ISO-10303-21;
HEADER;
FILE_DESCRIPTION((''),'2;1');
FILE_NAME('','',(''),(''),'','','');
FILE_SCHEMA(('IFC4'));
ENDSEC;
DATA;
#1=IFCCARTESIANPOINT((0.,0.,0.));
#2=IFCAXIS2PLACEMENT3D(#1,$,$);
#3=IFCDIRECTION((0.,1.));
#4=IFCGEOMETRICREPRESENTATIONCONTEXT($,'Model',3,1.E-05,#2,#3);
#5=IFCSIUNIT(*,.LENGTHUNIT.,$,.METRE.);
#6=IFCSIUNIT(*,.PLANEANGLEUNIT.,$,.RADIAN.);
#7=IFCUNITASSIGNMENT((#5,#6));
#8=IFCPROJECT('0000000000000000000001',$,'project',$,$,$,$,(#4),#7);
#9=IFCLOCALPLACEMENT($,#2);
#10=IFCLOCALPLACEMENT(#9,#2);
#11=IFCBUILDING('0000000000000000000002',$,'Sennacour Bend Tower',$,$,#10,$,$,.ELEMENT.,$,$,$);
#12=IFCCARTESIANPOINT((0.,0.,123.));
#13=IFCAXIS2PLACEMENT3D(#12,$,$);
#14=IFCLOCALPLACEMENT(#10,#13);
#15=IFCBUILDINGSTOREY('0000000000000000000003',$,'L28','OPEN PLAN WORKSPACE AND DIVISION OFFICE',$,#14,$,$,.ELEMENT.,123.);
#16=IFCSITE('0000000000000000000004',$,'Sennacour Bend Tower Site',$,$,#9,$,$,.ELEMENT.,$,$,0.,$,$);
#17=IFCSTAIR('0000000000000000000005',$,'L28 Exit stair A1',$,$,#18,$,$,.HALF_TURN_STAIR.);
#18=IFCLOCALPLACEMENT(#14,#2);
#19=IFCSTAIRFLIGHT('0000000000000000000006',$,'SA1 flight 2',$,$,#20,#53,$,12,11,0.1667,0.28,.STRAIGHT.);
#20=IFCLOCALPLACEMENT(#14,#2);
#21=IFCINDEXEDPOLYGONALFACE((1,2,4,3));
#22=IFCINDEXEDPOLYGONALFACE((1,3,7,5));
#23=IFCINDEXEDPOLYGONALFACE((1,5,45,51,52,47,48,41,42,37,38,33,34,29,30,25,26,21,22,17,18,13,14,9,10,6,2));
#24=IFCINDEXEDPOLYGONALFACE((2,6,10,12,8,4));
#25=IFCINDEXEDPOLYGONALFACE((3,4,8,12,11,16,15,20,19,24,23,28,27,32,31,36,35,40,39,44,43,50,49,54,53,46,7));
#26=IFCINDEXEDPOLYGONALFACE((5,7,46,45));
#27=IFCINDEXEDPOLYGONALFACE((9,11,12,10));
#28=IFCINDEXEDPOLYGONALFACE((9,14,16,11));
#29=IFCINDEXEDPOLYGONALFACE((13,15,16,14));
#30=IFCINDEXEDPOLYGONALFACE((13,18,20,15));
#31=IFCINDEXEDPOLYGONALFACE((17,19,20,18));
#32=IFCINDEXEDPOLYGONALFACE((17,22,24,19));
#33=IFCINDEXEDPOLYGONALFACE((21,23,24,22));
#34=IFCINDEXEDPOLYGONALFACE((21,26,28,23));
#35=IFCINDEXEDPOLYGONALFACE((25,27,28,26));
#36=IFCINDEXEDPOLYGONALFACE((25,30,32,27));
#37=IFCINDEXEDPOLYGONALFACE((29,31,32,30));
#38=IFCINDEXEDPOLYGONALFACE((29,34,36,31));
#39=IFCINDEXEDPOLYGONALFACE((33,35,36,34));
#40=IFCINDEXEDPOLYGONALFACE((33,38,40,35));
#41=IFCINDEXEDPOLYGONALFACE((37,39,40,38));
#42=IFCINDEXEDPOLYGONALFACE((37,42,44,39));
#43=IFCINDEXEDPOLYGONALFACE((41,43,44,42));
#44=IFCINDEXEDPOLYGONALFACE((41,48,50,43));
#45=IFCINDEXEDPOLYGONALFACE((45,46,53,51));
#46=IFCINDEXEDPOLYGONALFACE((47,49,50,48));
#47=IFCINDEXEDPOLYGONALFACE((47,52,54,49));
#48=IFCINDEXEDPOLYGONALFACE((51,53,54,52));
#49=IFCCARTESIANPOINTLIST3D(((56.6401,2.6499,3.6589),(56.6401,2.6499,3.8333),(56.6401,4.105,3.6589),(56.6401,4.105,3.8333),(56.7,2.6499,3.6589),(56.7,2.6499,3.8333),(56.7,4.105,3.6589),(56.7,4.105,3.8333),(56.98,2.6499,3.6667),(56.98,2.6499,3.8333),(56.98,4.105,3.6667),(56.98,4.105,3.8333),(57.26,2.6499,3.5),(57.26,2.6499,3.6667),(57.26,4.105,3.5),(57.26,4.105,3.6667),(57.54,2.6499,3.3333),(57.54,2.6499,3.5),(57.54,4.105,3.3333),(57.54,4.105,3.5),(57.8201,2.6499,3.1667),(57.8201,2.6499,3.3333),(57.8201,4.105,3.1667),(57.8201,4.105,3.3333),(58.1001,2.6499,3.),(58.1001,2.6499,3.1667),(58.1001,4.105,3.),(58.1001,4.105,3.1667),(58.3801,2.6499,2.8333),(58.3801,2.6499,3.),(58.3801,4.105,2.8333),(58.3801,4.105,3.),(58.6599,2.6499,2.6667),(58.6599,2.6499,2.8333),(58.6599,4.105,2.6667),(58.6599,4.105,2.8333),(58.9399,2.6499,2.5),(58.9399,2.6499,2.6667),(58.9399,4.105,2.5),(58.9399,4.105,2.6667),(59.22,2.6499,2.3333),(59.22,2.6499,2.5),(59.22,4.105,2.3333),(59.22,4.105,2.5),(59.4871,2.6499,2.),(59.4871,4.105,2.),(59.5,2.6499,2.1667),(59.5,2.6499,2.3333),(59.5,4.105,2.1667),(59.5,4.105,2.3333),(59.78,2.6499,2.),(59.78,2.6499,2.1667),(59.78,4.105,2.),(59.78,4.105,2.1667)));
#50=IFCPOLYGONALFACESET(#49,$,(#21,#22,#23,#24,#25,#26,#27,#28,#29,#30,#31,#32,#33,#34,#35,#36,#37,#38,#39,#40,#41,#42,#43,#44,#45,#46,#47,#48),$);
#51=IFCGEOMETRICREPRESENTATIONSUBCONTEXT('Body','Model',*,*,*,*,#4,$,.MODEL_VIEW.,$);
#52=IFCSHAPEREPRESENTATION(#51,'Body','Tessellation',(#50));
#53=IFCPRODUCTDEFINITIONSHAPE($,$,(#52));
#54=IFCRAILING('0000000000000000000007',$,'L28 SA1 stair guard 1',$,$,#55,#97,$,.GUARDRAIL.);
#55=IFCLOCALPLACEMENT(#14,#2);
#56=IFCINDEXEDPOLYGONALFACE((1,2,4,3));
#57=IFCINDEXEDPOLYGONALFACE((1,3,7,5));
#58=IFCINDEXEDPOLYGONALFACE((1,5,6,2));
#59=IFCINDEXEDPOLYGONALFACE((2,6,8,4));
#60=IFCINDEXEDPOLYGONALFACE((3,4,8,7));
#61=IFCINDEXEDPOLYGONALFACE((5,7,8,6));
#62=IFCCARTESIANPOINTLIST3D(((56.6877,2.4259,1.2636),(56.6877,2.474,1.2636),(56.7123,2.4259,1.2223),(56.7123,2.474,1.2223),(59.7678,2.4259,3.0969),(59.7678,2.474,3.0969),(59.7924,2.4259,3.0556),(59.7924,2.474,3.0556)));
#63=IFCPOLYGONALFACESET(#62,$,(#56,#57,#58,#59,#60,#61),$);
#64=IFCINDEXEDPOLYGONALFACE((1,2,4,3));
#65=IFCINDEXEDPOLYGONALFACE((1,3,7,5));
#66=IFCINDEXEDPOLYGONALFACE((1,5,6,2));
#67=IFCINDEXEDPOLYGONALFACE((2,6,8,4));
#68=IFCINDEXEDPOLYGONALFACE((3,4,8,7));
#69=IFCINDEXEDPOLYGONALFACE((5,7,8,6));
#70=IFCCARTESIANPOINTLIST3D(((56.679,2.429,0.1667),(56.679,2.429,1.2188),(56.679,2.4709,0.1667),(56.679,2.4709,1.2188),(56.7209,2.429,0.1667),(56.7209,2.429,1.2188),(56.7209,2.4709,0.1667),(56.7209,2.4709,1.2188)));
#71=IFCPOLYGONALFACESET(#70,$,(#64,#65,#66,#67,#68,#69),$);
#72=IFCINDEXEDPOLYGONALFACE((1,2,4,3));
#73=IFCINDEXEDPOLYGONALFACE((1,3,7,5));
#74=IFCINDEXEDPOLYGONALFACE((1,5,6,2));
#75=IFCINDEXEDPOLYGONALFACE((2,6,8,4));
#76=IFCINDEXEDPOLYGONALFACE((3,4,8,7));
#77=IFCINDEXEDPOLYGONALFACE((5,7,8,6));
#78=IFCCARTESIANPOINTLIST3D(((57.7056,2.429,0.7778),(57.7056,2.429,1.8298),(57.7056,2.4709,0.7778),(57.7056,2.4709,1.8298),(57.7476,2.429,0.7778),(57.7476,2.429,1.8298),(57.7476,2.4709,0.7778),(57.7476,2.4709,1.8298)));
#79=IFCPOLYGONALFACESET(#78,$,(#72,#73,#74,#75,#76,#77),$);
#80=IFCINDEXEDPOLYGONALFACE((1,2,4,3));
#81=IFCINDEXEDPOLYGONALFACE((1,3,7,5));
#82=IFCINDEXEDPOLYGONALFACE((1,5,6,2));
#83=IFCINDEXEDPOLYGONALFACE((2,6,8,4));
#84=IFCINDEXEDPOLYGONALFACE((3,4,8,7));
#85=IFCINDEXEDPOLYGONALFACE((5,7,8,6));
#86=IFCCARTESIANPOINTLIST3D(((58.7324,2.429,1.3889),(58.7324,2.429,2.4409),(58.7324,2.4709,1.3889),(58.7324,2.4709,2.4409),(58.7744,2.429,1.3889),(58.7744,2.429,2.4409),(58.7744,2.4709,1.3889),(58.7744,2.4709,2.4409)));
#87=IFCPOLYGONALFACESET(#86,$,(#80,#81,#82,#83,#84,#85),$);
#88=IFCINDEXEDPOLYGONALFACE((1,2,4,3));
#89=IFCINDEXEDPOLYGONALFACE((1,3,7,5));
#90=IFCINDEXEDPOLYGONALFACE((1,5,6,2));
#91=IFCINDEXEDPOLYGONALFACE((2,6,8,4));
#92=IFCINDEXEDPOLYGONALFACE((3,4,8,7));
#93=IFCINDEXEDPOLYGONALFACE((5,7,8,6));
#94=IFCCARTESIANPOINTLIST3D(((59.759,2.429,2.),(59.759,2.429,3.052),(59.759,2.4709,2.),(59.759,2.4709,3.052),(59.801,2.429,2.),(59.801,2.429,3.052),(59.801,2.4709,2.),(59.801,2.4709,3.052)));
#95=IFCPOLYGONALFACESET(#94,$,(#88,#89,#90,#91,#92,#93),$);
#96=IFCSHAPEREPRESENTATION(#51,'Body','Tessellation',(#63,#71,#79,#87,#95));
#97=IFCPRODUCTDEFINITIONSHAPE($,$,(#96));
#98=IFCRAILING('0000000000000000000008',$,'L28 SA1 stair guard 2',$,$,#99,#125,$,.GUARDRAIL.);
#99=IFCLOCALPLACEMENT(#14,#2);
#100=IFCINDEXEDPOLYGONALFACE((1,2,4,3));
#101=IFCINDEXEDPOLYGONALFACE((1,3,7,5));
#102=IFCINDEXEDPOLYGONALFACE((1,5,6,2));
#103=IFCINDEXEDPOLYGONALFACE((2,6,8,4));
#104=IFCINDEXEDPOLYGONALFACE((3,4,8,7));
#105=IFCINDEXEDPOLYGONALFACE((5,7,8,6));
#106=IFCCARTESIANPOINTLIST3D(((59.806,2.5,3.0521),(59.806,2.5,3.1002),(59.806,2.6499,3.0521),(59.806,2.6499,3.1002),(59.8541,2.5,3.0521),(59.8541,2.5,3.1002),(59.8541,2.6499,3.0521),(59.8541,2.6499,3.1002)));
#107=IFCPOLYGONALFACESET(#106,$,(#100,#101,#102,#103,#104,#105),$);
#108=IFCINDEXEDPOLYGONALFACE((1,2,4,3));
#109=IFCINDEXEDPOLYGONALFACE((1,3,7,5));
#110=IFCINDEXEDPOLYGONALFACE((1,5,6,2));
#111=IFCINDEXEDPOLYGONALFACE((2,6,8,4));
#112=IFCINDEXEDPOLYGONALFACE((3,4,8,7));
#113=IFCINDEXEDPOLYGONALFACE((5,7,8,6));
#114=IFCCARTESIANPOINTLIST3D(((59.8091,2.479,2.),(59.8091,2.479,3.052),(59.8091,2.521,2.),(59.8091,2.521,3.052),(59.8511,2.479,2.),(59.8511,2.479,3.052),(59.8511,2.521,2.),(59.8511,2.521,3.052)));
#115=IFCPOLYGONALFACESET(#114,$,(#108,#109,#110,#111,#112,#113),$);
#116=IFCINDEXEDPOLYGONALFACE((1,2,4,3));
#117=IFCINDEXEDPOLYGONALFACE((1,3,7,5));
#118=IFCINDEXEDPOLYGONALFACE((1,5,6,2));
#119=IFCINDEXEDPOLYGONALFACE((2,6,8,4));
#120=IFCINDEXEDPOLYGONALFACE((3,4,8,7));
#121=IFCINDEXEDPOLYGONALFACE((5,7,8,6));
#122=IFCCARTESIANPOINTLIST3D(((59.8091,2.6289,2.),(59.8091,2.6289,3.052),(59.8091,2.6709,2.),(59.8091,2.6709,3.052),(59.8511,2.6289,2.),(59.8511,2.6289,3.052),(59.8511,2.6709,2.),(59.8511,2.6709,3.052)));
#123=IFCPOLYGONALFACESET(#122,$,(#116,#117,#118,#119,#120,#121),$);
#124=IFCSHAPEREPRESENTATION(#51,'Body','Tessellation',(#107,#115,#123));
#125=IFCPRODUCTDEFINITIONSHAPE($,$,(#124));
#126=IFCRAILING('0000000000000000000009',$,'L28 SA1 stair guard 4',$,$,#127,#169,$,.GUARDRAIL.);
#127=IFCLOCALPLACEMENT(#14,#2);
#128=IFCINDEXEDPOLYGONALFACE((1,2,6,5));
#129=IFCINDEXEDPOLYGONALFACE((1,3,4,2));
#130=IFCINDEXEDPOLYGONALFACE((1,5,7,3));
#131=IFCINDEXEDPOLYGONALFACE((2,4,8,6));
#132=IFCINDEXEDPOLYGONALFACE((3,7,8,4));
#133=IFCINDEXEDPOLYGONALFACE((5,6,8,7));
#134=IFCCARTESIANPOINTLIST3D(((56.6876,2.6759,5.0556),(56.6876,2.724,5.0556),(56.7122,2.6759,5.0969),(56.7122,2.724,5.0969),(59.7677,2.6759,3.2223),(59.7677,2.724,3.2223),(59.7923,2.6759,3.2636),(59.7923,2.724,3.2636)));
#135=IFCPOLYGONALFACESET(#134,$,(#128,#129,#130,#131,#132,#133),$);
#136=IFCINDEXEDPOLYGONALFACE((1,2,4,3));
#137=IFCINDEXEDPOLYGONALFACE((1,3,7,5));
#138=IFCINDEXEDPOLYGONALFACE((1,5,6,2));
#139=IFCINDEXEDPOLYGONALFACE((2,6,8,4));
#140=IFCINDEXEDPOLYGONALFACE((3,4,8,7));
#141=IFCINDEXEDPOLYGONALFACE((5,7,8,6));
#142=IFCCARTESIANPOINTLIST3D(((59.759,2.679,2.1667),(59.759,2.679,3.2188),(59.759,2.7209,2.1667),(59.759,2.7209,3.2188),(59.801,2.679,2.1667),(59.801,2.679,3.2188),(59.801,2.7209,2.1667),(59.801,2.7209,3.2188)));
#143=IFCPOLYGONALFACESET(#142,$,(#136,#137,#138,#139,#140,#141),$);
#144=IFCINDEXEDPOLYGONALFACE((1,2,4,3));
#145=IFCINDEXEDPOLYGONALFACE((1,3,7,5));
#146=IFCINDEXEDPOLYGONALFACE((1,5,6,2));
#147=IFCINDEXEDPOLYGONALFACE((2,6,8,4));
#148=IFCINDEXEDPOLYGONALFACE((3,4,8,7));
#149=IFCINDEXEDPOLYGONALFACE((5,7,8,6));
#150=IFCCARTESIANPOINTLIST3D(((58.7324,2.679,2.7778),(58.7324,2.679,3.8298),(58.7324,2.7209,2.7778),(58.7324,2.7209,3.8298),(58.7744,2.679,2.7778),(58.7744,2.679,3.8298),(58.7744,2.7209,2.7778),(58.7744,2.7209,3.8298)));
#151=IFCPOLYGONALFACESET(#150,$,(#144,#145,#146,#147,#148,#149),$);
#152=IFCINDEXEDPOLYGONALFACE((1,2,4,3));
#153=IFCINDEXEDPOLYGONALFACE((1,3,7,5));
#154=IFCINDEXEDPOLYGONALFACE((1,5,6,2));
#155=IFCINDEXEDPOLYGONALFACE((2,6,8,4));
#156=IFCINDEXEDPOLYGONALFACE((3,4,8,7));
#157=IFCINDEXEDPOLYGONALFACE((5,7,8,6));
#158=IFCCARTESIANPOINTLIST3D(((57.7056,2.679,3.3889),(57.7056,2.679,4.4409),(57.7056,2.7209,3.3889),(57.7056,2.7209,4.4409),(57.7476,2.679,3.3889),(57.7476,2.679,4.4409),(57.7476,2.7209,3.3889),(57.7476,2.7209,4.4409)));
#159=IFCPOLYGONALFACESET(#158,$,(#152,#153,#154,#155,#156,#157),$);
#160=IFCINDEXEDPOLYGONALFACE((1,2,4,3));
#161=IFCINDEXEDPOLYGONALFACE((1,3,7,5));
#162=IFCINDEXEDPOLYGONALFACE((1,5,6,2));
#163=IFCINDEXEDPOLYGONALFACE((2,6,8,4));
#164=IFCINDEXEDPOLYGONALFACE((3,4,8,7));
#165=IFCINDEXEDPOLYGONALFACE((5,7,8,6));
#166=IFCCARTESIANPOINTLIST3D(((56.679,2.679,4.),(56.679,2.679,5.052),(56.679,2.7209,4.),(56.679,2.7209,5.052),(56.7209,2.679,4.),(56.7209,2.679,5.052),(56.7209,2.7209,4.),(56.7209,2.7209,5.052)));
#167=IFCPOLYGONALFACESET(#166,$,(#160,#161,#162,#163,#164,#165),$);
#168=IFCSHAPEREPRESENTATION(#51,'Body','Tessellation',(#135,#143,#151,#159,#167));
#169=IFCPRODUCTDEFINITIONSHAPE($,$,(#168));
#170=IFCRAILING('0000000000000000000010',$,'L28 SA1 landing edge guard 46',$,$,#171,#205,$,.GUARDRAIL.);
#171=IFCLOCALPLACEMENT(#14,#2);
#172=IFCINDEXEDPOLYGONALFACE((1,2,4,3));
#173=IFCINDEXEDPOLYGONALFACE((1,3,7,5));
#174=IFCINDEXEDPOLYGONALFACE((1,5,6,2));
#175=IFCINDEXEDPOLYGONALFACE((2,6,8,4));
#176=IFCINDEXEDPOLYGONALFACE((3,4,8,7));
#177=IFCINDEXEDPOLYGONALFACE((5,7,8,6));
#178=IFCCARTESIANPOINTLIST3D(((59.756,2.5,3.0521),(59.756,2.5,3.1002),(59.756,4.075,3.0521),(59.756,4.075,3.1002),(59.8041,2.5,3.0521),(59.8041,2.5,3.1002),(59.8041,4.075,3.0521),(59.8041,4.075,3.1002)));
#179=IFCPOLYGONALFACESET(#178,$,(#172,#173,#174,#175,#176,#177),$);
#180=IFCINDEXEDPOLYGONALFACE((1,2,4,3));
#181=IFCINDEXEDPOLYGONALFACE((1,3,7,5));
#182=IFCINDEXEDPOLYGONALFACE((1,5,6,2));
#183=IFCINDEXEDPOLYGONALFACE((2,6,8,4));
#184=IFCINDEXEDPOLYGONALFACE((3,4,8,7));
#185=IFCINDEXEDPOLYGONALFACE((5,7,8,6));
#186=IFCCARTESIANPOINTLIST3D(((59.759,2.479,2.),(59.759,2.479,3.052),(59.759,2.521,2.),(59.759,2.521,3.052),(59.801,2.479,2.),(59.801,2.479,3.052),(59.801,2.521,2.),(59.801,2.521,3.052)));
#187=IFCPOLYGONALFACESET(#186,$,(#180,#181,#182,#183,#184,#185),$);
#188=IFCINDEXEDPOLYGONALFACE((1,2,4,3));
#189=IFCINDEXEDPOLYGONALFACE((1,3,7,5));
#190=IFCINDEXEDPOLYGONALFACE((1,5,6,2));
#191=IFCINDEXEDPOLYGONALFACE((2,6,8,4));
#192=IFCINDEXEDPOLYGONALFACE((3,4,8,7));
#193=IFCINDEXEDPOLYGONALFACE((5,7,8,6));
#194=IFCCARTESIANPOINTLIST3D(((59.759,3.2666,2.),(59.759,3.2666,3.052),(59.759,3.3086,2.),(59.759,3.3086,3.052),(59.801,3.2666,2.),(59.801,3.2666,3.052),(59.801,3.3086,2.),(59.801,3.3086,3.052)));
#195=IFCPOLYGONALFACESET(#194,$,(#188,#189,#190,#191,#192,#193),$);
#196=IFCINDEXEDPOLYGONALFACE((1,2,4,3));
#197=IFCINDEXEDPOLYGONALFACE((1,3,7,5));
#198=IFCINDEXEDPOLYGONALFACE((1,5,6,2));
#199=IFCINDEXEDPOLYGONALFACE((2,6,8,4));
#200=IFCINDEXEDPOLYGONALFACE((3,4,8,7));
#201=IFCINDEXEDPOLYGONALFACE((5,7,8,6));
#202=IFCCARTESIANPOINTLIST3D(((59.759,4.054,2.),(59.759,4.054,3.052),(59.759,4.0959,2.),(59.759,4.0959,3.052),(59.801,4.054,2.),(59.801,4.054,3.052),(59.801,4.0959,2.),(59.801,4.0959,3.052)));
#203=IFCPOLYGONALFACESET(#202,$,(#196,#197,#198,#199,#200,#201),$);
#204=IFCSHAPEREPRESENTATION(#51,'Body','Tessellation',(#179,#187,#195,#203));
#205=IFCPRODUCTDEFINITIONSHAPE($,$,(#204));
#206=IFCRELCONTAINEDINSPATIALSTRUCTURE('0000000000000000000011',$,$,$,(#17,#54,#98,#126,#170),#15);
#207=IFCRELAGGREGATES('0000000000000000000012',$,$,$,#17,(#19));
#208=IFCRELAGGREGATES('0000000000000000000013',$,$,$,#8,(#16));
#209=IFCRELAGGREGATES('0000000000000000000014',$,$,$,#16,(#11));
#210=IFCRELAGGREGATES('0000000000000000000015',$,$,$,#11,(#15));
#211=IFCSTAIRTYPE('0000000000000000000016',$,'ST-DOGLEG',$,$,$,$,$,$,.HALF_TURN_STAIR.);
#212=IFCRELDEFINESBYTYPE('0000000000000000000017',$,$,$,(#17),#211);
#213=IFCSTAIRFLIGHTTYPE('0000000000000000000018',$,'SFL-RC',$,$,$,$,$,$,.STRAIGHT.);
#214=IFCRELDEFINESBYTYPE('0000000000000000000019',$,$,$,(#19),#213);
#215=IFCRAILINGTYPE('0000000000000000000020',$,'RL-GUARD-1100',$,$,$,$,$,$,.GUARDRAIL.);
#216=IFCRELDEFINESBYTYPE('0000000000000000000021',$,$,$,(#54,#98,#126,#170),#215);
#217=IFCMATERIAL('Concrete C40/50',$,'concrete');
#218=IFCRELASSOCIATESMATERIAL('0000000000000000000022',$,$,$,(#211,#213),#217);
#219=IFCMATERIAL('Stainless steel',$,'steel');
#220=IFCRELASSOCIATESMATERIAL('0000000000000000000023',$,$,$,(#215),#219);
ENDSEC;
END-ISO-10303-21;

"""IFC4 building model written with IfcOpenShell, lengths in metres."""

from ifc_helpers import new_model, si_unit, direction, frame, origin, origin_2d, place, context, subcontext, project, spatial, polyline, rectangle, outline, extrude, material, type_object, element, aggregate, save


model = new_model("IFC4")

# Units and contexts
model_context = context("Model", 3, precision=1e-05, world=origin(), true_north=direction((0.0, 1.0)))
body_context = subcontext(model_context, "Body", "Model", "MODEL_VIEW")
ifc_project = project(units=[si_unit("LENGTHUNIT", "METRE"), si_unit("PLANEANGLEUNIT", "RADIAN")], contexts=[model_context])

# Site, building, storey
site_placement = place(None, origin())
site = spatial("IfcSite", under=ifc_project, at=site_placement, Name="Sennacour Bend Tower Site", CompositionType="ELEMENT", RefElevation=0.0)
building_placement = place(site_placement, origin())
building = spatial("IfcBuilding", under=site, at=building_placement, Name="Sennacour Bend Tower", CompositionType="ELEMENT")
storey_placement = place(building_placement, frame((0.0, 0.0, 123.0)))
storey = spatial("IfcBuildingStorey", under=building, at=storey_placement, Name="L28", Description="OPEN PLAN WORKSPACE AND DIVISION OFFICE", CompositionType="ELEMENT", Elevation=123.0)

# Shared definitions
ifc_material_1 = material(Name="Stainless steel", Category="steel")

# Stair, stair flight
ifc_material_2 = material(Name="Concrete C40/50", Category="concrete")
stair_type = type_object("IfcStairType", Name="ST-DOGLEG", PredefinedType="HALF_TURN_STAIR", material=ifc_material_2)
stair_placement = place(storey_placement, origin())
stair = element("IfcStair", 1, at=stair_placement, inside=storey, type_object=stair_type, Name="L28 Exit stair A1", PredefinedType="HALF_TURN_STAIR")
stair_flight_type = type_object("IfcStairFlightType", Name="SFL-RC", PredefinedType="STRAIGHT", material=ifc_material_2)
stair_flight_placement = place(storey_placement, frame((59.78, 3.3774, 2.0), z_axis=(0.0, 0.0, 1.0), x_axis=(-1.0, 0.0, 0.0)))
stair_flight = element("IfcStairFlight", 2, at=stair_flight_placement, type_object=stair_flight_type, Name="SA1 flight 2", NumberOfRisers=12, NumberOfTreads=11, PredefinedType="STRAIGHT", RiserHeight=0.1667, TreadLength=0.28, context=body_context, shape_type="SweptSolid", body=[
    extrude(outline(polyline([(0.0, 0.0), (0.0, 0.1667), (0.28, 0.1667), (0.28, 0.3333), (0.5601, 0.3333), (0.5601, 0.5), (0.8401, 0.5), (0.8401, 0.6667), (1.1201, 0.6667), (1.1201, 0.8333), (1.3999, 0.8333), (1.3999, 1.0), (1.6799, 1.0), (1.6799, 1.1667), (1.96, 1.1667), (1.96, 1.3333), (2.24, 1.3333), (2.24, 1.5), (2.52, 1.5), (2.52, 1.6667), (2.8, 1.6667), (2.8, 1.8333), (3.0801, 1.8333), (3.1399, 1.8333), (3.1399, 1.6589), (3.0801, 1.6589), (0.293, 0.0), (0.0, 0.0)])), frame((0.0, 0.7275, 0.0), z_axis=(0.0, -1.0, 0.0), x_axis=(1.0, 0.0, 0.0)), (0.0, 0.0, 1.0), 1.4551),
])
aggregate(stair, [stair_flight])

# Railings
railing_type_1 = type_object("IfcRailingType", Name="RL-GUARD-1100", PredefinedType="GUARDRAIL", material=ifc_material_1)
railing_1_placement = place(storey_placement, frame((56.7, 2.45, 0.1667)))
element("IfcRailing", 3, at=railing_1_placement, inside=storey, type_object=railing_type_1, Name="L28 SA1 stair guard 1", PredefinedType="GUARDRAIL", context=body_context, shape_type="SweptSolid", body=[
    extrude(rectangle(XDim=0.0481, YDim=0.0481, at=origin_2d()), frame((0.0, 0.0, 1.0762), z_axis=(0.859309, 0.0, 0.511458), x_axis=(0.0, 1.0, 0.0)), (0.0, 0.0, 1.0), 3.5845),
    extrude(rectangle(XDim=0.042, YDim=0.042, at=origin_2d()), origin(), (0.0, 0.0, 1.0), 1.052),
    extrude(rectangle(XDim=0.042, YDim=0.042, at=origin_2d()), frame((1.0266, 0.0, 0.6111)), (0.0, 0.0, 1.0), 1.052),
    extrude(rectangle(XDim=0.042, YDim=0.042, at=origin_2d()), frame((2.0535, 0.0, 1.2222)), (0.0, 0.0, 1.0), 1.052),
    extrude(rectangle(XDim=0.042, YDim=0.042, at=origin_2d()), frame((3.0801, 0.0, 1.8333)), (0.0, 0.0, 1.0), 1.052),
])
railing_2_placement = place(storey_placement, frame((59.8301, 2.5, 2.0)))
element("IfcRailing", 4, at=railing_2_placement, inside=storey, type_object=railing_type_1, Name="L28 SA1 stair guard 2", PredefinedType="GUARDRAIL", context=body_context, shape_type="SweptSolid", body=[
    extrude(rectangle(XDim=0.0481, YDim=0.0481, at=origin_2d()), frame((0.0, 0.0, 1.0762), z_axis=(0.0, 1.0, 0.0), x_axis=(-1.0, 0.0, 0.0)), (0.0, 0.0, 1.0), 0.1499),
    extrude(rectangle(XDim=0.042, YDim=0.042, at=origin_2d()), origin(), (0.0, 0.0, 1.0), 1.052),
    extrude(rectangle(XDim=0.042, YDim=0.042, at=origin_2d()), frame((0.0, 0.1499, 0.0)), (0.0, 0.0, 1.0), 1.052),
])
railing_3_placement = place(storey_placement, frame((59.78, 2.7, 2.1667)))
element("IfcRailing", 5, at=railing_3_placement, inside=storey, type_object=railing_type_1, Name="L28 SA1 stair guard 4", PredefinedType="GUARDRAIL", context=body_context, shape_type="SweptSolid", body=[
    extrude(rectangle(XDim=0.0481, YDim=0.0481, at=origin_2d()), frame((0.0, 0.0, 1.0762), z_axis=(-0.859309, 0.0, 0.511458), x_axis=(0.0, -1.0, 0.0)), (0.0, 0.0, 1.0), 3.5845),
    extrude(rectangle(XDim=0.042, YDim=0.042, at=origin_2d()), origin(), (0.0, 0.0, 1.0), 1.052),
    extrude(rectangle(XDim=0.042, YDim=0.042, at=origin_2d()), frame((-1.0266, 0.0, 0.6111)), (0.0, 0.0, 1.0), 1.052),
    extrude(rectangle(XDim=0.042, YDim=0.042, at=origin_2d()), frame((-2.0535, 0.0, 1.2222)), (0.0, 0.0, 1.0), 1.052),
    extrude(rectangle(XDim=0.042, YDim=0.042, at=origin_2d()), frame((-3.0801, 0.0, 1.8333)), (0.0, 0.0, 1.0), 1.052),
])
railing_4_placement = place(storey_placement, frame((59.78, 2.5, 2.0)))
element("IfcRailing", 6, at=railing_4_placement, inside=storey, type_object=railing_type_1, Name="L28 SA1 landing edge guard 46", PredefinedType="GUARDRAIL", context=body_context, shape_type="SweptSolid", body=[
    extrude(rectangle(XDim=0.0481, YDim=0.0481, at=origin_2d()), frame((0.0, 0.0, 1.0762), z_axis=(0.0, 1.0, 0.0), x_axis=(-1.0, 0.0, 0.0)), (0.0, 0.0, 1.0), 1.575),
    extrude(rectangle(XDim=0.042, YDim=0.042, at=origin_2d()), origin(), (0.0, 0.0, 1.0), 1.052),
    extrude(rectangle(XDim=0.042, YDim=0.042, at=origin_2d()), frame((0.0, 0.7876, 0.0)), (0.0, 0.0, 1.0), 1.052),
    extrude(rectangle(XDim=0.042, YDim=0.042, at=origin_2d()), frame((0.0, 1.575, 0.0)), (0.0, 0.0, 1.0), 1.052),
])

save(model, "model.ifc")
